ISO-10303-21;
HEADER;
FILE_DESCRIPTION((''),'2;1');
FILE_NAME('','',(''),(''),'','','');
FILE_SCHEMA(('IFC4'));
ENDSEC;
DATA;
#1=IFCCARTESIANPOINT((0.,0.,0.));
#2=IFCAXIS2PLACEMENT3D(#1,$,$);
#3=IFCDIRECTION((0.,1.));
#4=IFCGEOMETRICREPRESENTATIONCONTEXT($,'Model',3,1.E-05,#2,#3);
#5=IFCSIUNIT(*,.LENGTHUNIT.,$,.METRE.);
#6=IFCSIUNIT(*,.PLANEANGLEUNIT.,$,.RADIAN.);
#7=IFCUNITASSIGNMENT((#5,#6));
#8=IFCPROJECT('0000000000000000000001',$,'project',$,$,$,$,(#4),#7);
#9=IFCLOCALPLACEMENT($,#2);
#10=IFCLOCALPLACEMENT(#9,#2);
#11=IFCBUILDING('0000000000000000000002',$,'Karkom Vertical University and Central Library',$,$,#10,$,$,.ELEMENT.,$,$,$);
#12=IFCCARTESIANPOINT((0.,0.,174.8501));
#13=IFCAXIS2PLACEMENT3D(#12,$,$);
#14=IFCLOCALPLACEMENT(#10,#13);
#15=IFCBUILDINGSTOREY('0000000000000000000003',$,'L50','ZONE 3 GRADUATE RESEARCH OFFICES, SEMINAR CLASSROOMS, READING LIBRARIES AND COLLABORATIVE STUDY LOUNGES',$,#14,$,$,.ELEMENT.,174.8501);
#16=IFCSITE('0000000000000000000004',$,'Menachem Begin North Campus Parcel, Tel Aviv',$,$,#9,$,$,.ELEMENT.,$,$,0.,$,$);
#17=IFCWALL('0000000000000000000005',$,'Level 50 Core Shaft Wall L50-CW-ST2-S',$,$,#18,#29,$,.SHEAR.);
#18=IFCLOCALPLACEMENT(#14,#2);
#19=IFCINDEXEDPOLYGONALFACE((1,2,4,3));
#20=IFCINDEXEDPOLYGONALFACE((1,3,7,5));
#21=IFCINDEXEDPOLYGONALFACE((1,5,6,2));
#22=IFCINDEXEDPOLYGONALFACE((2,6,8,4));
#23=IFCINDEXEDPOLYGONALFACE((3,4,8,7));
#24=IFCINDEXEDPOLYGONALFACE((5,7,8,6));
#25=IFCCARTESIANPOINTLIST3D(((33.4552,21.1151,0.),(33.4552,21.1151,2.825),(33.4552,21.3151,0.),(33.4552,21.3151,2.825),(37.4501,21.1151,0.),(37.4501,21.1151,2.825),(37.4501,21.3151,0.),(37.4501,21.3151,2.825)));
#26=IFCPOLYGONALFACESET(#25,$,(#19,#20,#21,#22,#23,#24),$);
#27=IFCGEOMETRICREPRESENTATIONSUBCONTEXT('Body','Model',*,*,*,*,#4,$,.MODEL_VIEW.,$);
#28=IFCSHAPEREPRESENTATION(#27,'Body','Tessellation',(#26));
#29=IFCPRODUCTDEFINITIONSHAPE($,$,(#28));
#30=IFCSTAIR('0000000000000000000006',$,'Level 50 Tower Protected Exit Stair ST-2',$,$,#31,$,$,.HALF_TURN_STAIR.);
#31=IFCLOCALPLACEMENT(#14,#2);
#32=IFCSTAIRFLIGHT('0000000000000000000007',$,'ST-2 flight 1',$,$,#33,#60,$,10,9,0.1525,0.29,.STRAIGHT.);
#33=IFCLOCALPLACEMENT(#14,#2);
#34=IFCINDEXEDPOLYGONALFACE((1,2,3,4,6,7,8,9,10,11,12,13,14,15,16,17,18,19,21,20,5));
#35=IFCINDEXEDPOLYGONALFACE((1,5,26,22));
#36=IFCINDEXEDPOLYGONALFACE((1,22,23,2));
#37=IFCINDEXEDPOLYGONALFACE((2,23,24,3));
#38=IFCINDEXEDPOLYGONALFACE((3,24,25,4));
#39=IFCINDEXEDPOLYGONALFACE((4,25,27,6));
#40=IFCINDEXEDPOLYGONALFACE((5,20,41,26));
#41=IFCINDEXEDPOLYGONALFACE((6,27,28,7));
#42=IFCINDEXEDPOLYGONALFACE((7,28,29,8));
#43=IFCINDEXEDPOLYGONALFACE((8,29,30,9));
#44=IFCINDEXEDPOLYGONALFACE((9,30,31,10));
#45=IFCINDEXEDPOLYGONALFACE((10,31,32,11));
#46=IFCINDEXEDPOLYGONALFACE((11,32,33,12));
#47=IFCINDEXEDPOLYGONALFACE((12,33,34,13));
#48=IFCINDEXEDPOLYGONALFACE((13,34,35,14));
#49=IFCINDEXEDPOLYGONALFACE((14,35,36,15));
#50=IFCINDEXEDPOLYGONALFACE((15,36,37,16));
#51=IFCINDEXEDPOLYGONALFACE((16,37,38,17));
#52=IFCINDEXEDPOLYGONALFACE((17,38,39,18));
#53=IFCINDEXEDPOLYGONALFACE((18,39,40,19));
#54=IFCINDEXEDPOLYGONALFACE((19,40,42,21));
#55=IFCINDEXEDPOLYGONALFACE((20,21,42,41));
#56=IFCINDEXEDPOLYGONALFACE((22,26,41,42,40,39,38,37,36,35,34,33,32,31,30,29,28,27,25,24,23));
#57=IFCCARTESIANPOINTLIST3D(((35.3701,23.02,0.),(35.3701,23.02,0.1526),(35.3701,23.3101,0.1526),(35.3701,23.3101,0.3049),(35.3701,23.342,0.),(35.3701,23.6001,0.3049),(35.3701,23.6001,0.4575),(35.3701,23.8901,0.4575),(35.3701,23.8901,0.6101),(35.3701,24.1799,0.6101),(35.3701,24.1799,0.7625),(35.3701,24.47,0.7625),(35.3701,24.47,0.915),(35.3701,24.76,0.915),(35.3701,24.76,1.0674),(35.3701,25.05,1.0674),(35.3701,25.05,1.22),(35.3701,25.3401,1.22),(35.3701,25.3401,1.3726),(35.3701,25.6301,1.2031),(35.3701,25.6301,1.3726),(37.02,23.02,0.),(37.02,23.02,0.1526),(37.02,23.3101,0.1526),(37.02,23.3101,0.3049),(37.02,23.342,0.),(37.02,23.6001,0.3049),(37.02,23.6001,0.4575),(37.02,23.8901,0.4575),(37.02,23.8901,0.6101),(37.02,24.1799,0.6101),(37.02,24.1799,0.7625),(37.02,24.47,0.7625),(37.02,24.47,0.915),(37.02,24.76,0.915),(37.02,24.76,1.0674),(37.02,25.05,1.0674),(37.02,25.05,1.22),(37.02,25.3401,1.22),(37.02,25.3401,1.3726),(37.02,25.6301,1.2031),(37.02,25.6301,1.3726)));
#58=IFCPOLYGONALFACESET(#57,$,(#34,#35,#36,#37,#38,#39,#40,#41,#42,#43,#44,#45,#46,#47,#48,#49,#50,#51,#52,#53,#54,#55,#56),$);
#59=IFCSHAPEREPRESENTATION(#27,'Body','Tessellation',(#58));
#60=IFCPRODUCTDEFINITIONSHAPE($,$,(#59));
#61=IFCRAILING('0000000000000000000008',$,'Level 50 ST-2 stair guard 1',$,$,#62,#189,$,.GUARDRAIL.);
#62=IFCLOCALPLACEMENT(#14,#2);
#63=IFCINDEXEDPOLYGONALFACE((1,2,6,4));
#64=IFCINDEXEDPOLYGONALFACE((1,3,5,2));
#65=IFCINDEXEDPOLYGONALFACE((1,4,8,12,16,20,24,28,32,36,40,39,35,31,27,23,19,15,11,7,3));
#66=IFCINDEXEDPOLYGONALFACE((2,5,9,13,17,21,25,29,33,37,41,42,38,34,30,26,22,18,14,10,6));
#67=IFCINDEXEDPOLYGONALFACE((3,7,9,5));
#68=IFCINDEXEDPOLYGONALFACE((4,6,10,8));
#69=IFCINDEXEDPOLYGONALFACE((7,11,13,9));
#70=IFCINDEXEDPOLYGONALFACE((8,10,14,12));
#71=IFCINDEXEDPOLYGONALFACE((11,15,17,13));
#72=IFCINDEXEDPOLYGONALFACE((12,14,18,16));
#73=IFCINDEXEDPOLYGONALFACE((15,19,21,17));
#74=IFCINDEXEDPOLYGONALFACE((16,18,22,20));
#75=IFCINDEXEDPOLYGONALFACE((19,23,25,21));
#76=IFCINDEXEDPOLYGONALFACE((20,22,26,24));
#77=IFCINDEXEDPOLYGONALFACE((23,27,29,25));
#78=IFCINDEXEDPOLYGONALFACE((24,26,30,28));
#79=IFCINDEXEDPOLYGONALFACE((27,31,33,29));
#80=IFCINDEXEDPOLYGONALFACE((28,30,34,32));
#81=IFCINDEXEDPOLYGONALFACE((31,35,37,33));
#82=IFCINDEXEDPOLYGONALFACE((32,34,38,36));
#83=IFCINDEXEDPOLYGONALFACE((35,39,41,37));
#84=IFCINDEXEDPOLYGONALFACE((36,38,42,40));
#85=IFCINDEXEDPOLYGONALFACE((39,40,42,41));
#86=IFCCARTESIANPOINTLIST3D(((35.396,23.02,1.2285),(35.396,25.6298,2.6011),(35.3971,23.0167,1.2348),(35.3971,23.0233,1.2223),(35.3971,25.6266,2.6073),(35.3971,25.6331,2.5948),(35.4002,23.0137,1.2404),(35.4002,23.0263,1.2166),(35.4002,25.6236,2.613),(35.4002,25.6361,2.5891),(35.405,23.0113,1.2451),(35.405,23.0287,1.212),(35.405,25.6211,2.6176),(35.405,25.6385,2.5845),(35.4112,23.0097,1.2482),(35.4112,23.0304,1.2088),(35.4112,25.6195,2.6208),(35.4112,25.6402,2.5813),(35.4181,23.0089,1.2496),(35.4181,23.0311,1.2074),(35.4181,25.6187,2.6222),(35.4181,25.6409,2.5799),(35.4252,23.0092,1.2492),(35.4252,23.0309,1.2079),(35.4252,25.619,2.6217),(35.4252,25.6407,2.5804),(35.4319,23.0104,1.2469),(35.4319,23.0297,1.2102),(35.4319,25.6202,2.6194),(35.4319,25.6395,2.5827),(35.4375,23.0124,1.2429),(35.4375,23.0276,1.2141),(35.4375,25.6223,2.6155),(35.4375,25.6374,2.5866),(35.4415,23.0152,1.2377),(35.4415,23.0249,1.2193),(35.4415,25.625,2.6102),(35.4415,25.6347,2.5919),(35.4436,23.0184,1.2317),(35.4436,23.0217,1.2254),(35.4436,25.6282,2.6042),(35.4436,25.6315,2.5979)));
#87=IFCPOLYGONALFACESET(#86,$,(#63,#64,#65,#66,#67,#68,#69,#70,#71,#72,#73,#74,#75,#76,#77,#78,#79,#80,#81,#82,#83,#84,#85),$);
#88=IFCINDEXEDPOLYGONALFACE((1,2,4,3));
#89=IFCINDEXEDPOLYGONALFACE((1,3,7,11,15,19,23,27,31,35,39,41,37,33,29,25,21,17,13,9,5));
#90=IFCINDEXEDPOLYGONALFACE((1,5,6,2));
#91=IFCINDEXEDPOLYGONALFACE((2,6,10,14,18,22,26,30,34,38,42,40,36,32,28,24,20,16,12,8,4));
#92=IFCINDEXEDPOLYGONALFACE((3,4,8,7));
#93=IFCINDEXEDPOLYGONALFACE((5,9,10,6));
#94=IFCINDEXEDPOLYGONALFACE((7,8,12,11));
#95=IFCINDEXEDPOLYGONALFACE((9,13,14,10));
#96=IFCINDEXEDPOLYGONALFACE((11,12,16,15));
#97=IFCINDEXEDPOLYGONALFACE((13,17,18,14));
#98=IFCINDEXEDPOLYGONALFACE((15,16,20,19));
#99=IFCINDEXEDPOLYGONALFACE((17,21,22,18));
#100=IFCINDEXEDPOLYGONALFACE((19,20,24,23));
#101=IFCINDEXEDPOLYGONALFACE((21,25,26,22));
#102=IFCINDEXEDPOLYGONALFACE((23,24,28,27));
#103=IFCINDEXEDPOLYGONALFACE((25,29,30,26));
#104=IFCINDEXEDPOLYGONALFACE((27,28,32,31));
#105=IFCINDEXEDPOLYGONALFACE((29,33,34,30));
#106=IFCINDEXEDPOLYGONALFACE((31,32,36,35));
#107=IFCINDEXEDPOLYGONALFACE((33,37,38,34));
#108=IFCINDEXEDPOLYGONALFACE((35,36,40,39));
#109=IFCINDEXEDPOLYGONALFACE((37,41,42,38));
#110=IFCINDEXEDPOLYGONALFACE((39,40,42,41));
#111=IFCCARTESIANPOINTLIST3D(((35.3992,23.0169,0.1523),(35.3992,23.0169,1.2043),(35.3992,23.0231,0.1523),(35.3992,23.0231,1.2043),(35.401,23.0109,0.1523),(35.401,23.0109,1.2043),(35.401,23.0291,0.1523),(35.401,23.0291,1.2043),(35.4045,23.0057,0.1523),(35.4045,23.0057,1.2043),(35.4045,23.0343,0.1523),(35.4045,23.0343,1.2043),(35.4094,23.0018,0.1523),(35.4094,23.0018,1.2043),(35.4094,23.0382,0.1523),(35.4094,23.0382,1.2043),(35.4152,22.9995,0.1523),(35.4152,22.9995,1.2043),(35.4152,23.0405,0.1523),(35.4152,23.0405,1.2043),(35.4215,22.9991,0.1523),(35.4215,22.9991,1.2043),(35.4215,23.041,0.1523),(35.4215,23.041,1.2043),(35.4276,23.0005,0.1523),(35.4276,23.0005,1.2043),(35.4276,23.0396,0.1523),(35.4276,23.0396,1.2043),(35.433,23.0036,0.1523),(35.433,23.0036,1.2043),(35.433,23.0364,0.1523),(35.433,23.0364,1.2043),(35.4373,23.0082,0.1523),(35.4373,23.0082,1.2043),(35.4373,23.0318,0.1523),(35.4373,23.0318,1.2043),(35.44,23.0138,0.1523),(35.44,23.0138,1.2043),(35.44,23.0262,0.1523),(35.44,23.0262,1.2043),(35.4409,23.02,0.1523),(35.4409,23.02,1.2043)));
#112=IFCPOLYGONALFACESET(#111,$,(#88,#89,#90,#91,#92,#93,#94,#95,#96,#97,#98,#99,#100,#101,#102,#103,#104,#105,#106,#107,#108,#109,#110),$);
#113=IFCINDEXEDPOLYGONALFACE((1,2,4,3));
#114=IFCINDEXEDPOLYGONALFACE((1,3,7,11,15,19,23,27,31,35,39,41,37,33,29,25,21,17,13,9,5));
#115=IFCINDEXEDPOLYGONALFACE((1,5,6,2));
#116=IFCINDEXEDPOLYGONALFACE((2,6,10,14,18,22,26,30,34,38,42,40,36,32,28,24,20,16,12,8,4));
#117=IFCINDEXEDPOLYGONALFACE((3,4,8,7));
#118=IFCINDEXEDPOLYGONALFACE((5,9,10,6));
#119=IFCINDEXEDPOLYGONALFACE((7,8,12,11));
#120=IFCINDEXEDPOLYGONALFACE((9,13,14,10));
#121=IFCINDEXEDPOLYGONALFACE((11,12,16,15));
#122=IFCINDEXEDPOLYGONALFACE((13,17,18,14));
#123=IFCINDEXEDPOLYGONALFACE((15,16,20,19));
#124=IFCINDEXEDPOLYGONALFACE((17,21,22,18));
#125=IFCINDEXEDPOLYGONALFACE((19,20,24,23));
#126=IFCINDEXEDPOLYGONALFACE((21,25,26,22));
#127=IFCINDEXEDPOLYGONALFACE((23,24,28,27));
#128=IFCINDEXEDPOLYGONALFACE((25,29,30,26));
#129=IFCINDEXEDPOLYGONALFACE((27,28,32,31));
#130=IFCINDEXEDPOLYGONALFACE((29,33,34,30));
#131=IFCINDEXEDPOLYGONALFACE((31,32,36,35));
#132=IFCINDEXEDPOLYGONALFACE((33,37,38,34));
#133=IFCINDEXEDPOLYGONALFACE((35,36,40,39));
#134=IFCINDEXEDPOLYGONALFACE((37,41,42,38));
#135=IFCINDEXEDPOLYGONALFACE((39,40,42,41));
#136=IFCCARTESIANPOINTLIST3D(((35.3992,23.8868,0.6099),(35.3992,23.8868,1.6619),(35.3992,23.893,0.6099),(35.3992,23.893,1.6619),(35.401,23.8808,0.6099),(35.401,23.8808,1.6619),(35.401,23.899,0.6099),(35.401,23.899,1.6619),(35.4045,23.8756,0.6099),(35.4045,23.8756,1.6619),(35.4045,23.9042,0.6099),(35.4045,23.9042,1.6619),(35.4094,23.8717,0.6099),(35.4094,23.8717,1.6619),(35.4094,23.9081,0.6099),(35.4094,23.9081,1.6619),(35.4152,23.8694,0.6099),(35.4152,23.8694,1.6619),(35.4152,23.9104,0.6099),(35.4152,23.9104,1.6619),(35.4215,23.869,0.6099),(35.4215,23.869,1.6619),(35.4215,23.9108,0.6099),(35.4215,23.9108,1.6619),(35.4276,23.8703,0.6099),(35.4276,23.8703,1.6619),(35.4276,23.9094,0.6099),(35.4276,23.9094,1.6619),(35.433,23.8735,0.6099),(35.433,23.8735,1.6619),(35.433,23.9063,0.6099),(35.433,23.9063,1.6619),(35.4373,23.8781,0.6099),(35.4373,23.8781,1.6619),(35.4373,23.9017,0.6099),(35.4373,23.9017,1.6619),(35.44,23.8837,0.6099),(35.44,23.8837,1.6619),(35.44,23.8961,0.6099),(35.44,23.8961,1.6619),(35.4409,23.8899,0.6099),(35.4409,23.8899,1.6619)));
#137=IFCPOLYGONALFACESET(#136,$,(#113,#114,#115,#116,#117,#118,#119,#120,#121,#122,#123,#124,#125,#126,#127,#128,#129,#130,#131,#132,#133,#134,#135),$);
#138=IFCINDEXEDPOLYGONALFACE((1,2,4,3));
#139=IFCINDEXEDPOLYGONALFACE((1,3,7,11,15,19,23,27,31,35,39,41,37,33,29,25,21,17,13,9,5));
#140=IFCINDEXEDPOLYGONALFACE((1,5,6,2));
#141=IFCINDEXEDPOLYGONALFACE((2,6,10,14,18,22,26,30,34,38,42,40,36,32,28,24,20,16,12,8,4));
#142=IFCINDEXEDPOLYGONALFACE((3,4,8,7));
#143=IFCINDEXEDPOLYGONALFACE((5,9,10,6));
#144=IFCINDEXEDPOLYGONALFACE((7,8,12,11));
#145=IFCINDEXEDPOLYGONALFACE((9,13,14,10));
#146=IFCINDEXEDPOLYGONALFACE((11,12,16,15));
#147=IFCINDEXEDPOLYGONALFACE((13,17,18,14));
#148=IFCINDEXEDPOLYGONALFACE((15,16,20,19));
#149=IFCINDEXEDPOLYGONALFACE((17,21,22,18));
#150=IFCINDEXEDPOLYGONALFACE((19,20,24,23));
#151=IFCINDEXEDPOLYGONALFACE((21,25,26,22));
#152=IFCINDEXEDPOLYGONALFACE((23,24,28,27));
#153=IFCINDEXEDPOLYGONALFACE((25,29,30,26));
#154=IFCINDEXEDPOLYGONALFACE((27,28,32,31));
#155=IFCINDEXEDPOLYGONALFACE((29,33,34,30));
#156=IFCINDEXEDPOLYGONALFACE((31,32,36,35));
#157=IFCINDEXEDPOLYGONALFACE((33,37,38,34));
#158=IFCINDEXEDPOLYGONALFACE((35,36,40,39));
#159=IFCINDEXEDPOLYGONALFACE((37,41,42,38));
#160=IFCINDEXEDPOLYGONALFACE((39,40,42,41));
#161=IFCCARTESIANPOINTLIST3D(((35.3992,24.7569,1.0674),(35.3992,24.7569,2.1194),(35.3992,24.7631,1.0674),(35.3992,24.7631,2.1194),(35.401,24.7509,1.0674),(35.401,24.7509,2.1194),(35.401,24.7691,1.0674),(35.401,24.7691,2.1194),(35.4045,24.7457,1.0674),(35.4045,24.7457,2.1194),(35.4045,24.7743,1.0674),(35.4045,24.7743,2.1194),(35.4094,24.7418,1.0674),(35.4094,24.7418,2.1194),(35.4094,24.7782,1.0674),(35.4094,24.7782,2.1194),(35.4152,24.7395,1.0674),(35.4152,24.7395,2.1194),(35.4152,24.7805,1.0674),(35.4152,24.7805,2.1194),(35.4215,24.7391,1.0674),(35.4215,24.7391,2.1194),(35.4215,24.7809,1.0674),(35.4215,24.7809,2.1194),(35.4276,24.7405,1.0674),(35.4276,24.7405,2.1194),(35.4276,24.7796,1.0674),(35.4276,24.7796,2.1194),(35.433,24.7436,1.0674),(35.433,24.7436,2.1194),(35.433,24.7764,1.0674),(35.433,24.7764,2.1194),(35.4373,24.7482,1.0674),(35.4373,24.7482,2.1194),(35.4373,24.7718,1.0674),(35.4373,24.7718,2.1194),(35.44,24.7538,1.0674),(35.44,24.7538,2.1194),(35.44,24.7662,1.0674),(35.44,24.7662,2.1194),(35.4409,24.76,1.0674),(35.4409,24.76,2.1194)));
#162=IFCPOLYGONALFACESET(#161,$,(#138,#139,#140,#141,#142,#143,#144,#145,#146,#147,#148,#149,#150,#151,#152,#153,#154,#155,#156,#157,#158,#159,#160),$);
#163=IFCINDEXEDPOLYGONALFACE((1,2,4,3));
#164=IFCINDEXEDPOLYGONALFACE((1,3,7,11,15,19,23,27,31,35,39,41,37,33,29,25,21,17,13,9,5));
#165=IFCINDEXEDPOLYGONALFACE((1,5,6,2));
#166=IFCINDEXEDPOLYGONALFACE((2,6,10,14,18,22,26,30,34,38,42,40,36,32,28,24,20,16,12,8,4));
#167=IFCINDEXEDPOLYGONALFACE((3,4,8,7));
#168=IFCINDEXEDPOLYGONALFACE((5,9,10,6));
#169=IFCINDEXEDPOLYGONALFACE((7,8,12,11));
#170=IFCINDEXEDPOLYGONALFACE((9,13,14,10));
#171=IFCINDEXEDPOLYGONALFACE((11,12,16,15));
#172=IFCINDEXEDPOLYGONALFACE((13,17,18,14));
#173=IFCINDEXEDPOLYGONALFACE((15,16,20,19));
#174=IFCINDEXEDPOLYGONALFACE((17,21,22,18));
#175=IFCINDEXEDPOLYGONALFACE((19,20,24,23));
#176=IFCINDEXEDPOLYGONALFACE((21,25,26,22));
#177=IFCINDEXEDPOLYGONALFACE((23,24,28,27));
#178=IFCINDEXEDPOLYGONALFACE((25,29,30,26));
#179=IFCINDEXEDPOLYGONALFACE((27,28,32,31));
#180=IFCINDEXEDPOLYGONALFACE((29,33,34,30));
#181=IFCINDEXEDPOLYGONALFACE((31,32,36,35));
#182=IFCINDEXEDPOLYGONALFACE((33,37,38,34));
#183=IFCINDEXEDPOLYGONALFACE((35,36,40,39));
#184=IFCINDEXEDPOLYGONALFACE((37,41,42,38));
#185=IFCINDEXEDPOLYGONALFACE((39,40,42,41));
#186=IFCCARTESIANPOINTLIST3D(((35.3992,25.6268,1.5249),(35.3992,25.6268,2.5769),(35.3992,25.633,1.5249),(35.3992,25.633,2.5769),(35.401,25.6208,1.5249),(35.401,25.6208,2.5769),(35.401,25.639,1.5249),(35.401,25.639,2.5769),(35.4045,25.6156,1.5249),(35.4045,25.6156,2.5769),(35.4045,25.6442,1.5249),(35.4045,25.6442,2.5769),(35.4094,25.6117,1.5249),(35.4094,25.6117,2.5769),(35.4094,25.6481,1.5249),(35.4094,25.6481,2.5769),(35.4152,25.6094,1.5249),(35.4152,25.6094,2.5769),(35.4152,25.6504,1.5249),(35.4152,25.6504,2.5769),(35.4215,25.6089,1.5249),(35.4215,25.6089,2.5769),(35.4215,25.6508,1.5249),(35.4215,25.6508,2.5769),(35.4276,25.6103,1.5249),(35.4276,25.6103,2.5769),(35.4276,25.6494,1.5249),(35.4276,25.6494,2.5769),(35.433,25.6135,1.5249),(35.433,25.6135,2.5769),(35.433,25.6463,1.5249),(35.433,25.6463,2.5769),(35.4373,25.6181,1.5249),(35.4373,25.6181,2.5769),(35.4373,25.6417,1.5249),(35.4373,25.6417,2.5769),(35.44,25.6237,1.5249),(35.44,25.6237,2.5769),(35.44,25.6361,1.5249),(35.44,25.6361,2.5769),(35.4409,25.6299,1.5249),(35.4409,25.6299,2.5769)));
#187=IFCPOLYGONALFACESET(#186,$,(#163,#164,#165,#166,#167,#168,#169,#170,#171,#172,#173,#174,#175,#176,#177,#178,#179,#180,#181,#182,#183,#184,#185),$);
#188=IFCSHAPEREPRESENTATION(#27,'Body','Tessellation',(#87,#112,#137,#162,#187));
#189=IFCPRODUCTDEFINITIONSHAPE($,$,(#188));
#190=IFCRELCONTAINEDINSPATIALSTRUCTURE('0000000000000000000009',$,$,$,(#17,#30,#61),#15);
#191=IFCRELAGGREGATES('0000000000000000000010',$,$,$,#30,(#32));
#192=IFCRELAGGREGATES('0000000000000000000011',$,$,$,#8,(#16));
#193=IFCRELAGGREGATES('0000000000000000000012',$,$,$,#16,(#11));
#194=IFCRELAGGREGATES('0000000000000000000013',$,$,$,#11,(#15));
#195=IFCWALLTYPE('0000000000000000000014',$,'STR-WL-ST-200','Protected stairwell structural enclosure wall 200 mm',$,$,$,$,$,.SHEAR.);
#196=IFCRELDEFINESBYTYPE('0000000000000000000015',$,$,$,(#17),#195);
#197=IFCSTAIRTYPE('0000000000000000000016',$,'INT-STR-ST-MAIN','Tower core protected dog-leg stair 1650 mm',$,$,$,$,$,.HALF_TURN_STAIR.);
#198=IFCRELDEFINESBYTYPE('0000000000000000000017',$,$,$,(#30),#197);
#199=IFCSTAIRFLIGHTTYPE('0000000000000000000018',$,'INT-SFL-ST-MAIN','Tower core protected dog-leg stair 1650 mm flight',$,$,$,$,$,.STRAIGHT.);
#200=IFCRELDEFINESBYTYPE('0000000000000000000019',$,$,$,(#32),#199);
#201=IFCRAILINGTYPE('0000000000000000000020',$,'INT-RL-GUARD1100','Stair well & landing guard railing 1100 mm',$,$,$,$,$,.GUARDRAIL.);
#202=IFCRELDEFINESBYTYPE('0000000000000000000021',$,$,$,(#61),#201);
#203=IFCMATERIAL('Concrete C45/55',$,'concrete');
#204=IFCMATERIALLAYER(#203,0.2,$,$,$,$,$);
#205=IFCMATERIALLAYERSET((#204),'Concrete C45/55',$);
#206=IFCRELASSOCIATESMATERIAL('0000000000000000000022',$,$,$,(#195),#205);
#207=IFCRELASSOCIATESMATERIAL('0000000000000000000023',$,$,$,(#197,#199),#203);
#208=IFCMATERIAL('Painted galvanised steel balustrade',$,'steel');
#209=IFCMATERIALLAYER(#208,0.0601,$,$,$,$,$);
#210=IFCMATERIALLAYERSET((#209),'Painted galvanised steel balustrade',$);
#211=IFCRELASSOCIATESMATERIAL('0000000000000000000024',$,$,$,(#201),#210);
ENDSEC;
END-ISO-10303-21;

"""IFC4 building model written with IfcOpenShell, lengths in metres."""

from ifc_helpers import new_model, si_unit, direction, frame, frame_2d, origin, origin_2d, place, context, subcontext, project, spatial, polyline, rectangle, circle, outline, extrude, material, layer, layer_set, type_object, element, aggregate, save


model = new_model("IFC4")

# Units and contexts
model_context = context("Model", 3, precision=1e-05, world=origin(), true_north=direction((0.0, 1.0)))
body_context = subcontext(model_context, "Body", "Model", "MODEL_VIEW")
ifc_project = project(units=[si_unit("LENGTHUNIT", "METRE"), si_unit("PLANEANGLEUNIT", "RADIAN")], contexts=[model_context])

# Site, building, storey
site_placement = place(None, origin())
site = spatial("IfcSite", under=ifc_project, at=site_placement, Name="Menachem Begin North Campus Parcel, Tel Aviv", CompositionType="ELEMENT", RefElevation=0.0)
building_placement = place(site_placement, origin())
building = spatial("IfcBuilding", under=site, at=building_placement, Name="Karkom Vertical University and Central Library", CompositionType="ELEMENT")
storey_placement = place(building_placement, frame((0.0, 0.0, 174.8501)))
storey = spatial("IfcBuildingStorey", under=building, at=storey_placement, Name="L50", Description="ZONE 3 GRADUATE RESEARCH OFFICES, SEMINAR CLASSROOMS, READING LIBRARIES AND COLLABORATIVE STUDY LOUNGES", CompositionType="ELEMENT", Elevation=174.8501)

# Shared definitions
ifc_material_1 = material(Name="Concrete C45/55", Category="concrete")
ifc_layer_1 = layer(ifc_material_1, 0.2)
ifc_layer_set_1 = layer_set([ifc_layer_1], Name="Concrete C45/55")
wall_type_1 = type_object("IfcWallType", Name="STR-WL-ST-200", Description="Protected stairwell structural enclosure wall 200 mm", PredefinedType="SHEAR", material=ifc_layer_set_1)

# Wall
wall_1_placement = place(storey_placement, frame((33.4551, 21.2151, 0.0), z_axis=(0.0, 0.0, 1.0), x_axis=(1.0, 0.0, 0.0)))
element("IfcWall", 1, at=wall_1_placement, inside=storey, type_object=wall_type_1, Name="Level 50 Core Shaft Wall L50-CW-ST2-S", PredefinedType="SHEAR", context=body_context, shape_type="SweptSolid", body=[
    extrude(rectangle(XDim=3.9949, YDim=0.2, at=frame_2d((1.9976, 0.0))), origin(), (0.0, 0.0, 1.0), 2.825),
])

# Stair, stair flight
stair_type = type_object("IfcStairType", Name="INT-STR-ST-MAIN", Description="Tower core protected dog-leg stair 1650 mm", PredefinedType="HALF_TURN_STAIR", material=ifc_material_1)
stair_placement = place(storey_placement, origin())
stair = element("IfcStair", 2, at=stair_placement, inside=storey, type_object=stair_type, Name="Level 50 Tower Protected Exit Stair ST-2", PredefinedType="HALF_TURN_STAIR")
stair_flight_type = type_object("IfcStairFlightType", Name="INT-SFL-ST-MAIN", Description="Tower core protected dog-leg stair 1650 mm flight", PredefinedType="STRAIGHT", material=ifc_material_1)
stair_flight_placement = place(storey_placement, frame((36.1951, 23.02, 0.0), z_axis=(0.0, 0.0, 1.0), x_axis=(0.0, 1.0, 0.0)))
stair_flight = element("IfcStairFlight", 3, at=stair_flight_placement, type_object=stair_flight_type, Name="ST-2 flight 1", NumberOfRisers=10, NumberOfTreads=9, PredefinedType="STRAIGHT", RiserHeight=0.1525, TreadLength=0.29, context=body_context, shape_type="SweptSolid", body=[
    extrude(outline(polyline([(0.0, 0.0), (0.0, 0.1526), (0.29, 0.1526), (0.29, 0.3049), (0.5801, 0.3049), (0.5801, 0.4575), (0.8701, 0.4575), (0.8701, 0.6101), (1.1599, 0.6101), (1.1599, 0.7625), (1.45, 0.7625), (1.45, 0.915), (1.74, 0.915), (1.74, 1.0674), (2.03, 1.0674), (2.03, 1.22), (2.3201, 1.22), (2.3201, 1.3726), (2.6101, 1.3726), (2.6101, 1.5249), (2.6101, 1.2031), (0.322, 0.0), (0.0, 0.0)])), frame((0.0, 0.825, 0.0), z_axis=(0.0, -1.0, 0.0), x_axis=(1.0, 0.0, 0.0)), (0.0, 0.0, 1.0), 1.6499),
])
aggregate(stair, [stair_flight])

# Railing
ifc_material_2 = material(Name="Painted galvanised steel balustrade", Category="steel")
ifc_layer_2 = layer(ifc_material_2, 0.0601)
ifc_layer_set_2 = layer_set([ifc_layer_2], Name="Painted galvanised steel balustrade")
railing_type_1 = type_object("IfcRailingType", Name="INT-RL-GUARD1100", Description="Stair well & landing guard railing 1100 mm", PredefinedType="GUARDRAIL", material=ifc_layer_set_2)
railing_1_placement = place(storey_placement, frame((35.4199, 23.02, 0.1523)))
element("IfcRailing", 4, at=railing_1_placement, inside=storey, type_object=railing_type_1, Name="Level 50 ST-2 stair guard 1", PredefinedType="GUARDRAIL", context=body_context, shape_type="SweptSolid", body=[
    extrude(circle(Radius=0.0239, at=origin_2d()), frame((0.0, 0.0, 1.0762), z_axis=(0.0, 0.885065, 0.465467), x_axis=(-1.0, 0.0, 0.0)), (0.0, 0.0, 1.0), 2.9487),
    extrude(circle(Radius=0.021, at=origin_2d()), origin(), (0.0, 0.0, 1.0), 1.052),
    extrude(circle(Radius=0.021, at=origin_2d()), frame((0.0, 0.8699, 0.4575)), (0.0, 0.0, 1.0), 1.052),
    extrude(circle(Radius=0.021, at=origin_2d()), frame((0.0, 1.74, 0.915)), (0.0, 0.0, 1.0), 1.052),
    extrude(circle(Radius=0.021, at=origin_2d()), frame((0.0, 2.6099, 1.3726)), (0.0, 0.0, 1.0), 1.052),
])

save(model, "model.ifc")
